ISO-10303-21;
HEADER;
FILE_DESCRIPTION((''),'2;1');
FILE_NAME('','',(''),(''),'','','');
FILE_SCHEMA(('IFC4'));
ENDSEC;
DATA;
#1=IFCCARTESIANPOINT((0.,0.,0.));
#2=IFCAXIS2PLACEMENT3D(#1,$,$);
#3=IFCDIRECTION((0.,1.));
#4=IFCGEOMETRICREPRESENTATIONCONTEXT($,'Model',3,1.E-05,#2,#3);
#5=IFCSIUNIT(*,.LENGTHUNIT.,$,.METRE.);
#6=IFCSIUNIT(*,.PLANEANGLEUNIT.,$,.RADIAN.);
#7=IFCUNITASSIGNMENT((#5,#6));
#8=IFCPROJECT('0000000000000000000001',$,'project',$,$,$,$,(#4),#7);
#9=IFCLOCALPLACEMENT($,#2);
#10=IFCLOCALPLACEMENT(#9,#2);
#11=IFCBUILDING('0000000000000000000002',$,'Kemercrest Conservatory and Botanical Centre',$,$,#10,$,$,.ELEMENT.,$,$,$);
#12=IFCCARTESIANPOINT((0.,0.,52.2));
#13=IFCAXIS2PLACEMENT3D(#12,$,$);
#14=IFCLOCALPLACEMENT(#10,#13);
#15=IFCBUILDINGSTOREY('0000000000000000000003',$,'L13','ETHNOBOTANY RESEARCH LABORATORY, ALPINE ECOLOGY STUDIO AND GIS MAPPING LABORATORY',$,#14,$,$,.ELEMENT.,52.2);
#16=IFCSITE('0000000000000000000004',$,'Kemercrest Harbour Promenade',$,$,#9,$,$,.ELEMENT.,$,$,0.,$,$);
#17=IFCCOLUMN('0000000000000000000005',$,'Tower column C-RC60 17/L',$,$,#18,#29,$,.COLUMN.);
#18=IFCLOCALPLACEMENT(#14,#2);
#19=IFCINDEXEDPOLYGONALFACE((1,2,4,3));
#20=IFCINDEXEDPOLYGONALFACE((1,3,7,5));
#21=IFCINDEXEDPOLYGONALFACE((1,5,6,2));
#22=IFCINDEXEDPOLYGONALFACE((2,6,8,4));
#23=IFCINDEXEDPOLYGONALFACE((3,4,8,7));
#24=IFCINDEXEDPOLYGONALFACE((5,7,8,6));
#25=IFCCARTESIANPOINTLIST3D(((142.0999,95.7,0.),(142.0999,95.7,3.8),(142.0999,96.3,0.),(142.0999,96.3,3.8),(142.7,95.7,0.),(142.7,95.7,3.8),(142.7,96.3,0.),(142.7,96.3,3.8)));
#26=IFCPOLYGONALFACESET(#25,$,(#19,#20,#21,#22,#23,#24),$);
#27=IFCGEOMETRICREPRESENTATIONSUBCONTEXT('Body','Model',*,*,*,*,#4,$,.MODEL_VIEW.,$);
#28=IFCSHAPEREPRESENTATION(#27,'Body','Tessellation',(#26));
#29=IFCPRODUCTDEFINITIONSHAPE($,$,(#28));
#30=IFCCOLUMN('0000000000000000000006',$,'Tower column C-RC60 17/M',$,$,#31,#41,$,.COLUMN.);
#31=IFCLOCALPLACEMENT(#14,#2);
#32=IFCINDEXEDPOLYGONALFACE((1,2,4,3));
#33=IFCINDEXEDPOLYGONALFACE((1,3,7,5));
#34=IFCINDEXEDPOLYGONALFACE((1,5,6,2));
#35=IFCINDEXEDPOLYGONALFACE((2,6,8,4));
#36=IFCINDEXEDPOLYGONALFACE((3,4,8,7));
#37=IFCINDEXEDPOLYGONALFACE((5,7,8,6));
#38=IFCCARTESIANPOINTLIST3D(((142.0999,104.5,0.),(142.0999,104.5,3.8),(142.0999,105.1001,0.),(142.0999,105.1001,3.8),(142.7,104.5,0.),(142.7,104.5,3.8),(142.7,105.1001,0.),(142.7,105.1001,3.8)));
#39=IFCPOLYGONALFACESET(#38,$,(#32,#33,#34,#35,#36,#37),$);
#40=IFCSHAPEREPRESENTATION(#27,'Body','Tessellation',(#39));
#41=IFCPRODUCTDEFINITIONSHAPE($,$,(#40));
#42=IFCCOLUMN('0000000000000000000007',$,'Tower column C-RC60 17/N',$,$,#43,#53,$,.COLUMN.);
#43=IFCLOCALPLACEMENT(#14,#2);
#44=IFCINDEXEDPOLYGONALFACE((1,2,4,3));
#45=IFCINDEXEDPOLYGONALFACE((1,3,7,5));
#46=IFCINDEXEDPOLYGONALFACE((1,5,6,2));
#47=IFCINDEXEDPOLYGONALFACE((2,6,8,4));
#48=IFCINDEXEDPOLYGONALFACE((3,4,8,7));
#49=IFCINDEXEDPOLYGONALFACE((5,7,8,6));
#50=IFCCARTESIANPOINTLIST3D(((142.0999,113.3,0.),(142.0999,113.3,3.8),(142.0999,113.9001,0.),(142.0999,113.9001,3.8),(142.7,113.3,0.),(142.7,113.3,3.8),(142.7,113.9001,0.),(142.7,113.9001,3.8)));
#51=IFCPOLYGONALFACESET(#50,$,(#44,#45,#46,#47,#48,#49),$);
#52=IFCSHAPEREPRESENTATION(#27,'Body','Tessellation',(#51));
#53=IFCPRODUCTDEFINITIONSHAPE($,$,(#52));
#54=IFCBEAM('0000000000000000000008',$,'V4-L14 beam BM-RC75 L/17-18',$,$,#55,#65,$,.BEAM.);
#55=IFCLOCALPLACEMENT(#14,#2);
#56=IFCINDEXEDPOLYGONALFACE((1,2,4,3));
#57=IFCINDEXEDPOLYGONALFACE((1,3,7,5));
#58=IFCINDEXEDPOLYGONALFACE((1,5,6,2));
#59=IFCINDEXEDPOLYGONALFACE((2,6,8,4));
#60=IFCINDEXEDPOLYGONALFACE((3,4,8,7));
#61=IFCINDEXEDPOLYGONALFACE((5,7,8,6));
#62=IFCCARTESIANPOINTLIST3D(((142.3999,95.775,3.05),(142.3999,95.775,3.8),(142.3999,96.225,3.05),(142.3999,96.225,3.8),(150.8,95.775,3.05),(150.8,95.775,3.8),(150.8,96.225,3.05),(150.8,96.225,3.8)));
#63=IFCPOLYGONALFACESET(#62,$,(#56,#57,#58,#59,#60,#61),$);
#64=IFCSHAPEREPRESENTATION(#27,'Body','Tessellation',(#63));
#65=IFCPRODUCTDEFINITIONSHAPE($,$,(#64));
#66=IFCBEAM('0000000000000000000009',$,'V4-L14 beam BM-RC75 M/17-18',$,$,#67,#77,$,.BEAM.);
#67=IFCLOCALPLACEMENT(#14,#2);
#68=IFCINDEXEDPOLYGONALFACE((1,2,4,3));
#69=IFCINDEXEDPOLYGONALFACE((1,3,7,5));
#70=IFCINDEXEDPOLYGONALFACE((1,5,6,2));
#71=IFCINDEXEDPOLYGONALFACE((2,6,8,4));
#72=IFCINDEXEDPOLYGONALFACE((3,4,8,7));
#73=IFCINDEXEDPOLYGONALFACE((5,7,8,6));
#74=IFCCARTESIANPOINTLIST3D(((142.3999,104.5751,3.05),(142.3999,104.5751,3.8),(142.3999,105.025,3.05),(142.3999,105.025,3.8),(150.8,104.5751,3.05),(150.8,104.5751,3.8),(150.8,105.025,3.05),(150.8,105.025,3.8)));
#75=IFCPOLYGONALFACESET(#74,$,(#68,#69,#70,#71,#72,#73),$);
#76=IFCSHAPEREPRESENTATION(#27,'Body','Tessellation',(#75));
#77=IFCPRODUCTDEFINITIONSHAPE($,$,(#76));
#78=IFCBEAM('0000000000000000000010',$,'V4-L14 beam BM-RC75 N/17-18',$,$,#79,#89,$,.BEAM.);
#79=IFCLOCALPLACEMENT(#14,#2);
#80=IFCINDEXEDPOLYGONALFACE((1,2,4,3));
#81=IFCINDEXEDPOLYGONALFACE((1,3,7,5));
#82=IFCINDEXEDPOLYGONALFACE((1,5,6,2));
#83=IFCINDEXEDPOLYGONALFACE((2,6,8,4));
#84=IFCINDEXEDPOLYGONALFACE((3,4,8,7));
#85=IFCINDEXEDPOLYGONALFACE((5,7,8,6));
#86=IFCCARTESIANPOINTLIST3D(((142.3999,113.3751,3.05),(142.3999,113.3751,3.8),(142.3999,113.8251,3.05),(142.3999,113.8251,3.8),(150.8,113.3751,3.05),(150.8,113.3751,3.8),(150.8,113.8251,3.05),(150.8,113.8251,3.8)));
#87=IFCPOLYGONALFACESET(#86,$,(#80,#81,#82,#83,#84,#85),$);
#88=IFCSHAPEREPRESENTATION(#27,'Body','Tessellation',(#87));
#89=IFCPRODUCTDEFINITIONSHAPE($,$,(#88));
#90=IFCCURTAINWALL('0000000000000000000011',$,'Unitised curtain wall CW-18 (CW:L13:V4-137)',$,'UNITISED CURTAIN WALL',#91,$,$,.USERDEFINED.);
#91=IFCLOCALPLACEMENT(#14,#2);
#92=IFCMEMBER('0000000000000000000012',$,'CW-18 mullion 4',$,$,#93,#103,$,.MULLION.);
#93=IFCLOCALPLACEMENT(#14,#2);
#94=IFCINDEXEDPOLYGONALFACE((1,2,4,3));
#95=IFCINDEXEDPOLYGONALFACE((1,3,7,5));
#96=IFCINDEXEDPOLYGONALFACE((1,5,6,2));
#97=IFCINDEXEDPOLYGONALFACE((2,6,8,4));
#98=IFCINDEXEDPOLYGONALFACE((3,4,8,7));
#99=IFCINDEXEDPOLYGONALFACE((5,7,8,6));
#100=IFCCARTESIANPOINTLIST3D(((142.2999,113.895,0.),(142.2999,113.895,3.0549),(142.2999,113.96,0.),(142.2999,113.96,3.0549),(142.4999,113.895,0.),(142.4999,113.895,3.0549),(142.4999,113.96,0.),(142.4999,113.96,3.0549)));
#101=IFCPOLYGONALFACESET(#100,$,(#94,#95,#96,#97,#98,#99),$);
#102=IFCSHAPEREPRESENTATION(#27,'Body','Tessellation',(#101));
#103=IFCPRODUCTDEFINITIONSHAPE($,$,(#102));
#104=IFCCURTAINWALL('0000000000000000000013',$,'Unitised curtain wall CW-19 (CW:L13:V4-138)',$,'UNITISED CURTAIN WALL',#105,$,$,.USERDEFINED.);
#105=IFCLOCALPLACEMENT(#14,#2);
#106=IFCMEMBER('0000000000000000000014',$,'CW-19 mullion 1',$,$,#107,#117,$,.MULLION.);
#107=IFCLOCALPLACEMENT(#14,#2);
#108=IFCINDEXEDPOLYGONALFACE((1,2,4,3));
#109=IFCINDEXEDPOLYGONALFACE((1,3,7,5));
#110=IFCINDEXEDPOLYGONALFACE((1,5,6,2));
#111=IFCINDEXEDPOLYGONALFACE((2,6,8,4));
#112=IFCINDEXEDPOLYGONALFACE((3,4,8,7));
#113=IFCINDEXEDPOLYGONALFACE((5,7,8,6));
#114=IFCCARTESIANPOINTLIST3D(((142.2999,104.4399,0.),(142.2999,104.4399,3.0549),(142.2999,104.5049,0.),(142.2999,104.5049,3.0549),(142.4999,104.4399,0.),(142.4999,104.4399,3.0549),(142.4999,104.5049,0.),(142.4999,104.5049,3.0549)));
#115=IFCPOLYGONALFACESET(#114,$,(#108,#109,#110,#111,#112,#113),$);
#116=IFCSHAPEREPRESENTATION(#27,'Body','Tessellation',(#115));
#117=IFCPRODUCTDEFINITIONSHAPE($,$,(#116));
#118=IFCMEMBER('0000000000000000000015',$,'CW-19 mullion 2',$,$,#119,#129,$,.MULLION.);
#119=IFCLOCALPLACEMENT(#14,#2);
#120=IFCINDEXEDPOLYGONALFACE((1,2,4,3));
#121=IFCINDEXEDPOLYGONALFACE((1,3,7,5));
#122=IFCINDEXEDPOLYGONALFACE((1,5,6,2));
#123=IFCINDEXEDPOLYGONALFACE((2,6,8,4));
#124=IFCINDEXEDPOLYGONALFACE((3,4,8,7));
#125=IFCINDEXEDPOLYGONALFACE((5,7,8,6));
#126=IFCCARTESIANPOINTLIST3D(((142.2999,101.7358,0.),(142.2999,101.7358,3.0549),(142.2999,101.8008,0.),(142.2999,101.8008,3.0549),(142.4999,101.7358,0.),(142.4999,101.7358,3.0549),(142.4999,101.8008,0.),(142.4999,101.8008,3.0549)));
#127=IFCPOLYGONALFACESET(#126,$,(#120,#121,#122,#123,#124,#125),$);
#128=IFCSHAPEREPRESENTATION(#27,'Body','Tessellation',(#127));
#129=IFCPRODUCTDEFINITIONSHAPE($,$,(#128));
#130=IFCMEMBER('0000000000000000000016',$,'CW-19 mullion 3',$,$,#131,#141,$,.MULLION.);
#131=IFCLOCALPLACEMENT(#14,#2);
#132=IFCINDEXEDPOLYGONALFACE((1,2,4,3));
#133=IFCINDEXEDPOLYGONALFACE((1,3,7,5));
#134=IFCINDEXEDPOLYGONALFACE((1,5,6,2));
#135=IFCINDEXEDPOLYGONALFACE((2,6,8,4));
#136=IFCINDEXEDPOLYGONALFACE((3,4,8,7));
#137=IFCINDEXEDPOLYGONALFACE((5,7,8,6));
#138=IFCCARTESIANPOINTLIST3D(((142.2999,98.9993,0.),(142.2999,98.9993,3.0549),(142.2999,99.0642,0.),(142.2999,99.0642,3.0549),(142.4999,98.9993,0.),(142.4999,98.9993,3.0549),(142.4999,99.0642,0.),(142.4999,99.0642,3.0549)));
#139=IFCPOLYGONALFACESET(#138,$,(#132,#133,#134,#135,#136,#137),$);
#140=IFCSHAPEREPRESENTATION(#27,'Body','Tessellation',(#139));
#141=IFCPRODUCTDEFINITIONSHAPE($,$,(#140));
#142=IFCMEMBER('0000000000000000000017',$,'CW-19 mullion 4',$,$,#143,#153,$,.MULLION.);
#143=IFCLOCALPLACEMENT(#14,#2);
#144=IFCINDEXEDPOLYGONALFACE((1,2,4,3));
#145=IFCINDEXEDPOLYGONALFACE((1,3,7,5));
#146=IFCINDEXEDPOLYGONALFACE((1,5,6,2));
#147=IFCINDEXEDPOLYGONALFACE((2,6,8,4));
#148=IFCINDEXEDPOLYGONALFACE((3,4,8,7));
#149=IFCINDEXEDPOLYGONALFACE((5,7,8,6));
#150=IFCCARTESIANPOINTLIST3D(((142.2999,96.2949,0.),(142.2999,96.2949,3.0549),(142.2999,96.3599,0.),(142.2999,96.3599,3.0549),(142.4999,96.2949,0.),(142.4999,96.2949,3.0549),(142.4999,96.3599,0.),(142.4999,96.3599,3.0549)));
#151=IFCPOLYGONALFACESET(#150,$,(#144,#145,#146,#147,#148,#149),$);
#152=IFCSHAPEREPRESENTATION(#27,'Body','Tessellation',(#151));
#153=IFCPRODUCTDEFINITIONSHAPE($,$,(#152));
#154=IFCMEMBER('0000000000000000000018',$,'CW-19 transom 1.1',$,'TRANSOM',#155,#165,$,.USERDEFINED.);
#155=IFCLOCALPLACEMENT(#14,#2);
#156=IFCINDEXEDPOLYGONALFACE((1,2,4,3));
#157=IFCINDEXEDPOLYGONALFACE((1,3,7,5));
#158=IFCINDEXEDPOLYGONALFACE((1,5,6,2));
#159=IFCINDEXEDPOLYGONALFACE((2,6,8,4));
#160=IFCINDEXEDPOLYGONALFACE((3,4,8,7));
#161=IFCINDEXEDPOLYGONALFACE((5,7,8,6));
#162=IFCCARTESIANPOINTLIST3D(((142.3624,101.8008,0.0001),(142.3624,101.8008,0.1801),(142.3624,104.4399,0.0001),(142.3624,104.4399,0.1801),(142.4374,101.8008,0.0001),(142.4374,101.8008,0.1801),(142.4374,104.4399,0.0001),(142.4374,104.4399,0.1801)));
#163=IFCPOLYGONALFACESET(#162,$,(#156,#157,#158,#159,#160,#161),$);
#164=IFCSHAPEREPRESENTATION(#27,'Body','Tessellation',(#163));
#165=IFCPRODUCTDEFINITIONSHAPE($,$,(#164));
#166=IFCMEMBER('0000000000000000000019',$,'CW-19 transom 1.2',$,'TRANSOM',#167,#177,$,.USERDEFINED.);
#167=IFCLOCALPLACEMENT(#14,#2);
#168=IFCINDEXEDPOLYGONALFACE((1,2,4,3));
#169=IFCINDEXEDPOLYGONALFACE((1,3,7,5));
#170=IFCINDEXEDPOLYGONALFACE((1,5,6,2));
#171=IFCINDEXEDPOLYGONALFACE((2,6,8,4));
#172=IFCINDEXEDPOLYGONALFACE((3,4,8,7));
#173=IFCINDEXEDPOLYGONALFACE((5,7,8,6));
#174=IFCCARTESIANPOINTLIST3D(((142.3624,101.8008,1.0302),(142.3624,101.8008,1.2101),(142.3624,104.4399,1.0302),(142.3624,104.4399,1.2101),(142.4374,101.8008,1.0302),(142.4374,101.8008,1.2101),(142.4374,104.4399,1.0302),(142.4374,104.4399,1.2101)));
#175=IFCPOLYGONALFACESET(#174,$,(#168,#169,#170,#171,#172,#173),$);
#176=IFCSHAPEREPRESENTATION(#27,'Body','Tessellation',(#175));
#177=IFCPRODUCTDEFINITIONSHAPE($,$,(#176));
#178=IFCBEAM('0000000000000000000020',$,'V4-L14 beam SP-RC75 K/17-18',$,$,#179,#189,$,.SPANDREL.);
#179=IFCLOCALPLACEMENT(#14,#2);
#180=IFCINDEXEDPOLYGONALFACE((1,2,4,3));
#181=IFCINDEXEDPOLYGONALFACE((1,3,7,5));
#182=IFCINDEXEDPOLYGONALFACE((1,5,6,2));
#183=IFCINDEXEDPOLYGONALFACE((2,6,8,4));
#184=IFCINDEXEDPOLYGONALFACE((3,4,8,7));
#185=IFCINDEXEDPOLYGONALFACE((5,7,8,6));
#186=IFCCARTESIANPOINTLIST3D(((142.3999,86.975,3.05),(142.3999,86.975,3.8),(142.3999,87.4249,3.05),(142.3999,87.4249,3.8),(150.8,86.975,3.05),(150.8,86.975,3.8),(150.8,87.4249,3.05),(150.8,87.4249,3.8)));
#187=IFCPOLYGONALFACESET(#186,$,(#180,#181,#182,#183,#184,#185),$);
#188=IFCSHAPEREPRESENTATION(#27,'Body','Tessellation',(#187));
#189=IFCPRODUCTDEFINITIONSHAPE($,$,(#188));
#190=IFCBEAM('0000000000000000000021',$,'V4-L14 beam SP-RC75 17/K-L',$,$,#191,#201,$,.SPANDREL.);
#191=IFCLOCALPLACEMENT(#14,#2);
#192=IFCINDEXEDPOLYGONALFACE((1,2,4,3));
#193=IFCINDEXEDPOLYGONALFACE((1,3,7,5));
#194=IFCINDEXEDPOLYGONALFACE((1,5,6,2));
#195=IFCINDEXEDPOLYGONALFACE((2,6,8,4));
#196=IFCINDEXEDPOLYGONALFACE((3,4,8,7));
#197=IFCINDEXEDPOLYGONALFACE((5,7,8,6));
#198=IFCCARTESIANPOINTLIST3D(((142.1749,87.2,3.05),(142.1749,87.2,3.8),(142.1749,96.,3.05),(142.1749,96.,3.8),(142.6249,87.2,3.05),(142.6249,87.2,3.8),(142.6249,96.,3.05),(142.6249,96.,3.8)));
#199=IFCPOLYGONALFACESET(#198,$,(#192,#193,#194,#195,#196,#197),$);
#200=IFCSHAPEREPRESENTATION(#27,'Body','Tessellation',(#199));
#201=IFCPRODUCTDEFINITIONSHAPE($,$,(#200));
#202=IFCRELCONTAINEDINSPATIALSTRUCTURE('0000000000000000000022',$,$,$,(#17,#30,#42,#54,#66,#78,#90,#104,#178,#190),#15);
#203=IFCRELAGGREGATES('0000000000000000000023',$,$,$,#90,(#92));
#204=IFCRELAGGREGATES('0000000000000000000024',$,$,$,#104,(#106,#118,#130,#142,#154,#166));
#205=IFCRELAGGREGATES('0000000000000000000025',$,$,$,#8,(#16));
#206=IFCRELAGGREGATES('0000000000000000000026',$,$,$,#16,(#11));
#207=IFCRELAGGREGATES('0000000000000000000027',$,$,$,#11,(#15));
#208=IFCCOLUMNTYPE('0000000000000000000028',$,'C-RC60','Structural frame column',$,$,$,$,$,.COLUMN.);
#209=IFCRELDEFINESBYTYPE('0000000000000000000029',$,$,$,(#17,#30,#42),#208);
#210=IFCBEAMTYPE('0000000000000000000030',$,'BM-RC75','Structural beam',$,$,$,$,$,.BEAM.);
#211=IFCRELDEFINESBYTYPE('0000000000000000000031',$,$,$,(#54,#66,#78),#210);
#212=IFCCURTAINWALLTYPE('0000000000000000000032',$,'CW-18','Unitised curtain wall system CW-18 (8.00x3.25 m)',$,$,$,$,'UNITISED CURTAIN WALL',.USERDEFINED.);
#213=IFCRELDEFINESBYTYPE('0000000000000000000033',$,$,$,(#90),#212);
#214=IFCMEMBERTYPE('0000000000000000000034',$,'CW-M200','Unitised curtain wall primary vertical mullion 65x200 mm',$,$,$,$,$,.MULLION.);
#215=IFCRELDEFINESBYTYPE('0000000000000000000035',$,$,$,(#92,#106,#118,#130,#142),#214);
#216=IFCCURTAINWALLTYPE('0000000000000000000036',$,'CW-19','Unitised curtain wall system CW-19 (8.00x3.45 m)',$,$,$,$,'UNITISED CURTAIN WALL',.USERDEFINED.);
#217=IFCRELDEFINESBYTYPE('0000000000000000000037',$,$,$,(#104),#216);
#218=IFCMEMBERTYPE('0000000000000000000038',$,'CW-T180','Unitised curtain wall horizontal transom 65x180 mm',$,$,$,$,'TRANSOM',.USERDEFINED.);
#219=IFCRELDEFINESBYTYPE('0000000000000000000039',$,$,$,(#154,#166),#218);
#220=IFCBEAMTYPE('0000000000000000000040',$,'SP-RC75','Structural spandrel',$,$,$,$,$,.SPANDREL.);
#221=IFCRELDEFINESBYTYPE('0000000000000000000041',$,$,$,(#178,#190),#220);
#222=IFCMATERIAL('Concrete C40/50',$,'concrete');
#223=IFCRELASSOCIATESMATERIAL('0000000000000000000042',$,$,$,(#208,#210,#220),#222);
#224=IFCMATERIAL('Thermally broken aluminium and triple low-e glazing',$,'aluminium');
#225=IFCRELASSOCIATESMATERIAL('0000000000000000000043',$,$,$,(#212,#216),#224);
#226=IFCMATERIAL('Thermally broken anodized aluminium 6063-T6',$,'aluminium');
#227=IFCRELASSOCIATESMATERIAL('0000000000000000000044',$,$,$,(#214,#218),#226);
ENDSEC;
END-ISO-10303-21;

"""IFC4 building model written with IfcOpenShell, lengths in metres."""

from ifc_helpers import new_model, si_unit, direction, frame, origin, origin_2d, place, context, subcontext, project, spatial, rectangle, extrude, material, material_profile, profile_set, type_object, element, aggregate, save


model = new_model("IFC4")

# Units and contexts
model_context = context("Model", 3, precision=1e-05, world=origin(), true_north=direction((0.0, 1.0)))
body_context = subcontext(model_context, "Body", "Model", "MODEL_VIEW")
ifc_project = project(units=[si_unit("LENGTHUNIT", "METRE"), si_unit("PLANEANGLEUNIT", "RADIAN")], contexts=[model_context])

# Site, building, storey
site_placement = place(None, origin())
site = spatial("IfcSite", under=ifc_project, at=site_placement, Name="Kemercrest Harbour Promenade", CompositionType="ELEMENT", RefElevation=0.0)
building_placement = place(site_placement, origin())
building = spatial("IfcBuilding", under=site, at=building_placement, Name="Kemercrest Conservatory and Botanical Centre", CompositionType="ELEMENT")
storey_placement = place(building_placement, frame((0.0, 0.0, 52.2)))
storey = spatial("IfcBuildingStorey", under=building, at=storey_placement, Name="L13", Description="ETHNOBOTANY RESEARCH LABORATORY, ALPINE ECOLOGY STUDIO AND GIS MAPPING LABORATORY", CompositionType="ELEMENT", Elevation=52.2)

# Columns
ifc_material_1 = material(Name="Concrete C40/50", Category="concrete")
ifc_material_profile_1 = material_profile(ifc_material_1, rectangle(XDim=0.6001, YDim=0.6001, at=origin_2d()), Name="RC 600x600")
ifc_profile_set_1 = profile_set([ifc_material_profile_1], Name="Concrete C40/50")
column_type = type_object("IfcColumnType", Name="C-RC60", Description="Structural frame column", PredefinedType="COLUMN", material=ifc_profile_set_1)
for number, where, z_axis, x_axis, name in (
    (1, (142.3999, 96.0, 0.0), (0.0, 0.0, 1.0), (1.0, 0.0, 0.0), "Tower column C-RC60 17/L"),
    (2, (142.3999, 104.8, 0.0), (0.0, 0.0, 1.0), (1.0, 0.0, 0.0), "Tower column C-RC60 17/M"),
    (3, (142.3999, 113.6001, 0.0), (0.0, 0.0, 1.0), (1.0, 0.0, 0.0), "Tower column C-RC60 17/N"),
):
    element("IfcColumn", number, at=place(storey_placement, frame(where, z_axis=z_axis, x_axis=x_axis)), inside=storey, type_object=column_type, Name=name, PredefinedType="COLUMN", context=body_context, shape_type="SweptSolid", body=[
        extrude(rectangle(XDim=0.6001, YDim=0.6001, at=origin_2d()), origin(), (0.0, 0.0, 1.0), 3.8),
    ])

# Beams
ifc_material_profile_2 = material_profile(ifc_material_1, rectangle(XDim=0.45, YDim=0.75, at=origin_2d()), Name="RC 450x750")
ifc_profile_set_2 = profile_set([ifc_material_profile_2], Name="Concrete C40/50")
beam_type_1 = type_object("IfcBeamType", Name="BM-RC75", Description="Structural beam", PredefinedType="BEAM", material=ifc_profile_set_2)
for number, where, z_axis, x_axis, name in (
    (4, (142.3999, 96.0, 3.425), (1.0, 0.0, 0.0), (0.0, 1.0, 0.0), "V4-L14 beam BM-RC75 L/17-18"),
    (5, (142.3999, 104.8, 3.425), (1.0, 0.0, 0.0), (0.0, 1.0, 0.0), "V4-L14 beam BM-RC75 M/17-18"),
    (6, (142.3999, 113.6001, 3.425), (1.0, 0.0, 0.0), (0.0, 1.0, 0.0), "V4-L14 beam BM-RC75 N/17-18"),
):
    element("IfcBeam", number, at=place(storey_placement, frame(where, z_axis=z_axis, x_axis=x_axis)), inside=storey, type_object=beam_type_1, Name=name, PredefinedType="BEAM", context=body_context, shape_type="SweptSolid", body=[
        extrude(rectangle(XDim=0.45, YDim=0.75, at=origin_2d()), origin(), (0.0, 0.0, 1.0), 8.4001),
    ])

# Curtain wall, member
ifc_material_2 = material(Name="Thermally broken aluminium and triple low-e glazing", Category="aluminium")
curtain_wall_type_1 = type_object("IfcCurtainWallType", Name="CW-18", Description="Unitised curtain wall system CW-18 (8.00x3.25 m)", ElementType="UNITISED CURTAIN WALL", PredefinedType="USERDEFINED", material=ifc_material_2)
curtain_wall_1_placement = place(storey_placement, origin())
curtain_wall_1 = element("IfcCurtainWall", 7, at=curtain_wall_1_placement, inside=storey, type_object=curtain_wall_type_1, Name="Unitised curtain wall CW-18 (CW:L13:V4-137)", ObjectType="UNITISED CURTAIN WALL", PredefinedType="USERDEFINED")
ifc_material_3 = material(Name="Thermally broken anodized aluminium 6063-T6", Category="aluminium")
ifc_material_profile_3 = material_profile(ifc_material_3, rectangle(XDim=0.2, YDim=0.0649, at=origin_2d()), Name="AL MULLION 65x200")
ifc_profile_set_3 = profile_set([ifc_material_profile_3], Name="Thermally broken anodized aluminium 6063-T6")
member_type_1 = type_object("IfcMemberType", Name="CW-M200", Description="Unitised curtain wall primary vertical mullion 65x200 mm", PredefinedType="MULLION", material=ifc_profile_set_3)
member_1_placement = place(storey_placement, frame((142.3999, 113.9275, 0.0), z_axis=(0.0, 0.0, 1.0), x_axis=(1.0, 0.0, 0.0)))
member_1 = element("IfcMember", 8, at=member_1_placement, type_object=member_type_1, Name="CW-18 mullion 4", PredefinedType="MULLION", context=body_context, shape_type="SweptSolid", body=[
    extrude(rectangle(XDim=0.2, YDim=0.0649, at=origin_2d()), origin(), (0.0, 0.0, 1.0), 3.0549),
])
aggregate(curtain_wall_1, [member_1])

# Curtain wall, members
curtain_wall_type_2 = type_object("IfcCurtainWallType", Name="CW-19", Description="Unitised curtain wall system CW-19 (8.00x3.45 m)", ElementType="UNITISED CURTAIN WALL", PredefinedType="USERDEFINED", material=ifc_material_2)
curtain_wall_2_placement = place(storey_placement, origin())
curtain_wall_2 = element("IfcCurtainWall", 9, at=curtain_wall_2_placement, inside=storey, type_object=curtain_wall_type_2, Name="Unitised curtain wall CW-19 (CW:L13:V4-138)", ObjectType="UNITISED CURTAIN WALL", PredefinedType="USERDEFINED")
member_2_placement = place(storey_placement, frame((142.3999, 104.4724, 0.0), z_axis=(0.0, 0.0, 1.0), x_axis=(1.0, 0.0, 0.0)))
member_2 = element("IfcMember", 10, at=member_2_placement, type_object=member_type_1, Name="CW-19 mullion 1", PredefinedType="MULLION", context=body_context, shape_type="SweptSolid", body=[
    extrude(rectangle(XDim=0.2, YDim=0.0649, at=origin_2d()), origin(), (0.0, 0.0, 1.0), 3.0549),
])
member_3_placement = place(storey_placement, frame((142.3999, 101.7683, 0.0), z_axis=(0.0, 0.0, 1.0), x_axis=(1.0, 0.0, 0.0)))
member_3 = element("IfcMember", 11, at=member_3_placement, type_object=member_type_1, Name="CW-19 mullion 2", PredefinedType="MULLION", context=body_context, shape_type="SweptSolid", body=[
    extrude(rectangle(XDim=0.2, YDim=0.0649, at=origin_2d()), origin(), (0.0, 0.0, 1.0), 3.0549),
])
member_4_placement = place(storey_placement, frame((142.3999, 99.0317, 0.0), z_axis=(0.0, 0.0, 1.0), x_axis=(1.0, 0.0, 0.0)))
member_4 = element("IfcMember", 12, at=member_4_placement, type_object=member_type_1, Name="CW-19 mullion 3", PredefinedType="MULLION", context=body_context, shape_type="SweptSolid", body=[
    extrude(rectangle(XDim=0.2, YDim=0.0649, at=origin_2d()), origin(), (0.0, 0.0, 1.0), 3.0549),
])
member_5_placement = place(storey_placement, frame((142.3999, 96.3274, 0.0), z_axis=(0.0, 0.0, 1.0), x_axis=(1.0, 0.0, 0.0)))
member_5 = element("IfcMember", 13, at=member_5_placement, type_object=member_type_1, Name="CW-19 mullion 4", PredefinedType="MULLION", context=body_context, shape_type="SweptSolid", body=[
    extrude(rectangle(XDim=0.2, YDim=0.0649, at=origin_2d()), origin(), (0.0, 0.0, 1.0), 3.0549),
])
ifc_material_profile_4 = material_profile(ifc_material_3, rectangle(XDim=0.075, YDim=0.1799, at=origin_2d()), Name="AL TRANSOM 75x180")
ifc_profile_set_4 = profile_set([ifc_material_profile_4], Name="Thermally broken anodized aluminium 6063-T6")
member_type_2 = type_object("IfcMemberType", Name="CW-T180", Description="Unitised curtain wall horizontal transom 65x180 mm", ElementType="TRANSOM", PredefinedType="USERDEFINED", material=ifc_profile_set_4)
member_6_placement = place(storey_placement, frame((142.3999, 104.4399, 0.0901), z_axis=(0.0, -1.0, 0.0), x_axis=(1.0, 0.0, 0.0)))
member_6 = element("IfcMember", 14, at=member_6_placement, type_object=member_type_2, Name="CW-19 transom 1.1", ObjectType="TRANSOM", PredefinedType="USERDEFINED", context=body_context, shape_type="SweptSolid", body=[
    extrude(rectangle(XDim=0.075, YDim=0.1799, at=origin_2d()), origin(), (0.0, 0.0, 1.0), 2.6392),
])
member_7_placement = place(storey_placement, frame((142.3999, 104.4399, 1.1201), z_axis=(0.0, -1.0, 0.0), x_axis=(1.0, 0.0, 0.0)))
member_7 = element("IfcMember", 15, at=member_7_placement, type_object=member_type_2, Name="CW-19 transom 1.2", ObjectType="TRANSOM", PredefinedType="USERDEFINED", context=body_context, shape_type="SweptSolid", body=[
    extrude(rectangle(XDim=0.075, YDim=0.1799, at=origin_2d()), origin(), (0.0, 0.0, 1.0), 2.6392),
])
aggregate(curtain_wall_2, [member_2, member_3, member_4, member_5, member_6, member_7])

# Beams
ifc_material_profile_5 = material_profile(ifc_material_1, rectangle(XDim=0.45, YDim=0.75, at=origin_2d()), Name="RC 450x750")
ifc_profile_set_5 = profile_set([ifc_material_profile_5], Name="Concrete C40/50")
beam_type_2 = type_object("IfcBeamType", Name="SP-RC75", Description="Structural spandrel", PredefinedType="SPANDREL", material=ifc_profile_set_5)
beam_1_placement = place(storey_placement, frame((142.3999, 87.2, 3.425), z_axis=(1.0, 0.0, 0.0), x_axis=(0.0, 1.0, 0.0)))
element("IfcBeam", 16, at=beam_1_placement, inside=storey, type_object=beam_type_2, Name="V4-L14 beam SP-RC75 K/17-18", PredefinedType="SPANDREL", context=body_context, shape_type="SweptSolid", body=[
    extrude(rectangle(XDim=0.45, YDim=0.75, at=origin_2d()), origin(), (0.0, 0.0, 1.0), 8.4001),
])
for number, where, z_axis, x_axis, name in (
    (17, (142.3999, 87.2, 3.425), (0.0, 1.0, 0.0), (-1.0, 0.0, 0.0), "V4-L14 beam SP-RC75 17/K-L"),
):
    element("IfcBeam", number, at=place(storey_placement, frame(where, z_axis=z_axis, x_axis=x_axis)), inside=storey, type_object=beam_type_2, Name=name, PredefinedType="SPANDREL", context=body_context, shape_type="SweptSolid", body=[
        extrude(rectangle(XDim=0.45, YDim=0.75, at=origin_2d()), origin(), (0.0, 0.0, 1.0), 8.8),
    ])

save(model, "model.ifc")
